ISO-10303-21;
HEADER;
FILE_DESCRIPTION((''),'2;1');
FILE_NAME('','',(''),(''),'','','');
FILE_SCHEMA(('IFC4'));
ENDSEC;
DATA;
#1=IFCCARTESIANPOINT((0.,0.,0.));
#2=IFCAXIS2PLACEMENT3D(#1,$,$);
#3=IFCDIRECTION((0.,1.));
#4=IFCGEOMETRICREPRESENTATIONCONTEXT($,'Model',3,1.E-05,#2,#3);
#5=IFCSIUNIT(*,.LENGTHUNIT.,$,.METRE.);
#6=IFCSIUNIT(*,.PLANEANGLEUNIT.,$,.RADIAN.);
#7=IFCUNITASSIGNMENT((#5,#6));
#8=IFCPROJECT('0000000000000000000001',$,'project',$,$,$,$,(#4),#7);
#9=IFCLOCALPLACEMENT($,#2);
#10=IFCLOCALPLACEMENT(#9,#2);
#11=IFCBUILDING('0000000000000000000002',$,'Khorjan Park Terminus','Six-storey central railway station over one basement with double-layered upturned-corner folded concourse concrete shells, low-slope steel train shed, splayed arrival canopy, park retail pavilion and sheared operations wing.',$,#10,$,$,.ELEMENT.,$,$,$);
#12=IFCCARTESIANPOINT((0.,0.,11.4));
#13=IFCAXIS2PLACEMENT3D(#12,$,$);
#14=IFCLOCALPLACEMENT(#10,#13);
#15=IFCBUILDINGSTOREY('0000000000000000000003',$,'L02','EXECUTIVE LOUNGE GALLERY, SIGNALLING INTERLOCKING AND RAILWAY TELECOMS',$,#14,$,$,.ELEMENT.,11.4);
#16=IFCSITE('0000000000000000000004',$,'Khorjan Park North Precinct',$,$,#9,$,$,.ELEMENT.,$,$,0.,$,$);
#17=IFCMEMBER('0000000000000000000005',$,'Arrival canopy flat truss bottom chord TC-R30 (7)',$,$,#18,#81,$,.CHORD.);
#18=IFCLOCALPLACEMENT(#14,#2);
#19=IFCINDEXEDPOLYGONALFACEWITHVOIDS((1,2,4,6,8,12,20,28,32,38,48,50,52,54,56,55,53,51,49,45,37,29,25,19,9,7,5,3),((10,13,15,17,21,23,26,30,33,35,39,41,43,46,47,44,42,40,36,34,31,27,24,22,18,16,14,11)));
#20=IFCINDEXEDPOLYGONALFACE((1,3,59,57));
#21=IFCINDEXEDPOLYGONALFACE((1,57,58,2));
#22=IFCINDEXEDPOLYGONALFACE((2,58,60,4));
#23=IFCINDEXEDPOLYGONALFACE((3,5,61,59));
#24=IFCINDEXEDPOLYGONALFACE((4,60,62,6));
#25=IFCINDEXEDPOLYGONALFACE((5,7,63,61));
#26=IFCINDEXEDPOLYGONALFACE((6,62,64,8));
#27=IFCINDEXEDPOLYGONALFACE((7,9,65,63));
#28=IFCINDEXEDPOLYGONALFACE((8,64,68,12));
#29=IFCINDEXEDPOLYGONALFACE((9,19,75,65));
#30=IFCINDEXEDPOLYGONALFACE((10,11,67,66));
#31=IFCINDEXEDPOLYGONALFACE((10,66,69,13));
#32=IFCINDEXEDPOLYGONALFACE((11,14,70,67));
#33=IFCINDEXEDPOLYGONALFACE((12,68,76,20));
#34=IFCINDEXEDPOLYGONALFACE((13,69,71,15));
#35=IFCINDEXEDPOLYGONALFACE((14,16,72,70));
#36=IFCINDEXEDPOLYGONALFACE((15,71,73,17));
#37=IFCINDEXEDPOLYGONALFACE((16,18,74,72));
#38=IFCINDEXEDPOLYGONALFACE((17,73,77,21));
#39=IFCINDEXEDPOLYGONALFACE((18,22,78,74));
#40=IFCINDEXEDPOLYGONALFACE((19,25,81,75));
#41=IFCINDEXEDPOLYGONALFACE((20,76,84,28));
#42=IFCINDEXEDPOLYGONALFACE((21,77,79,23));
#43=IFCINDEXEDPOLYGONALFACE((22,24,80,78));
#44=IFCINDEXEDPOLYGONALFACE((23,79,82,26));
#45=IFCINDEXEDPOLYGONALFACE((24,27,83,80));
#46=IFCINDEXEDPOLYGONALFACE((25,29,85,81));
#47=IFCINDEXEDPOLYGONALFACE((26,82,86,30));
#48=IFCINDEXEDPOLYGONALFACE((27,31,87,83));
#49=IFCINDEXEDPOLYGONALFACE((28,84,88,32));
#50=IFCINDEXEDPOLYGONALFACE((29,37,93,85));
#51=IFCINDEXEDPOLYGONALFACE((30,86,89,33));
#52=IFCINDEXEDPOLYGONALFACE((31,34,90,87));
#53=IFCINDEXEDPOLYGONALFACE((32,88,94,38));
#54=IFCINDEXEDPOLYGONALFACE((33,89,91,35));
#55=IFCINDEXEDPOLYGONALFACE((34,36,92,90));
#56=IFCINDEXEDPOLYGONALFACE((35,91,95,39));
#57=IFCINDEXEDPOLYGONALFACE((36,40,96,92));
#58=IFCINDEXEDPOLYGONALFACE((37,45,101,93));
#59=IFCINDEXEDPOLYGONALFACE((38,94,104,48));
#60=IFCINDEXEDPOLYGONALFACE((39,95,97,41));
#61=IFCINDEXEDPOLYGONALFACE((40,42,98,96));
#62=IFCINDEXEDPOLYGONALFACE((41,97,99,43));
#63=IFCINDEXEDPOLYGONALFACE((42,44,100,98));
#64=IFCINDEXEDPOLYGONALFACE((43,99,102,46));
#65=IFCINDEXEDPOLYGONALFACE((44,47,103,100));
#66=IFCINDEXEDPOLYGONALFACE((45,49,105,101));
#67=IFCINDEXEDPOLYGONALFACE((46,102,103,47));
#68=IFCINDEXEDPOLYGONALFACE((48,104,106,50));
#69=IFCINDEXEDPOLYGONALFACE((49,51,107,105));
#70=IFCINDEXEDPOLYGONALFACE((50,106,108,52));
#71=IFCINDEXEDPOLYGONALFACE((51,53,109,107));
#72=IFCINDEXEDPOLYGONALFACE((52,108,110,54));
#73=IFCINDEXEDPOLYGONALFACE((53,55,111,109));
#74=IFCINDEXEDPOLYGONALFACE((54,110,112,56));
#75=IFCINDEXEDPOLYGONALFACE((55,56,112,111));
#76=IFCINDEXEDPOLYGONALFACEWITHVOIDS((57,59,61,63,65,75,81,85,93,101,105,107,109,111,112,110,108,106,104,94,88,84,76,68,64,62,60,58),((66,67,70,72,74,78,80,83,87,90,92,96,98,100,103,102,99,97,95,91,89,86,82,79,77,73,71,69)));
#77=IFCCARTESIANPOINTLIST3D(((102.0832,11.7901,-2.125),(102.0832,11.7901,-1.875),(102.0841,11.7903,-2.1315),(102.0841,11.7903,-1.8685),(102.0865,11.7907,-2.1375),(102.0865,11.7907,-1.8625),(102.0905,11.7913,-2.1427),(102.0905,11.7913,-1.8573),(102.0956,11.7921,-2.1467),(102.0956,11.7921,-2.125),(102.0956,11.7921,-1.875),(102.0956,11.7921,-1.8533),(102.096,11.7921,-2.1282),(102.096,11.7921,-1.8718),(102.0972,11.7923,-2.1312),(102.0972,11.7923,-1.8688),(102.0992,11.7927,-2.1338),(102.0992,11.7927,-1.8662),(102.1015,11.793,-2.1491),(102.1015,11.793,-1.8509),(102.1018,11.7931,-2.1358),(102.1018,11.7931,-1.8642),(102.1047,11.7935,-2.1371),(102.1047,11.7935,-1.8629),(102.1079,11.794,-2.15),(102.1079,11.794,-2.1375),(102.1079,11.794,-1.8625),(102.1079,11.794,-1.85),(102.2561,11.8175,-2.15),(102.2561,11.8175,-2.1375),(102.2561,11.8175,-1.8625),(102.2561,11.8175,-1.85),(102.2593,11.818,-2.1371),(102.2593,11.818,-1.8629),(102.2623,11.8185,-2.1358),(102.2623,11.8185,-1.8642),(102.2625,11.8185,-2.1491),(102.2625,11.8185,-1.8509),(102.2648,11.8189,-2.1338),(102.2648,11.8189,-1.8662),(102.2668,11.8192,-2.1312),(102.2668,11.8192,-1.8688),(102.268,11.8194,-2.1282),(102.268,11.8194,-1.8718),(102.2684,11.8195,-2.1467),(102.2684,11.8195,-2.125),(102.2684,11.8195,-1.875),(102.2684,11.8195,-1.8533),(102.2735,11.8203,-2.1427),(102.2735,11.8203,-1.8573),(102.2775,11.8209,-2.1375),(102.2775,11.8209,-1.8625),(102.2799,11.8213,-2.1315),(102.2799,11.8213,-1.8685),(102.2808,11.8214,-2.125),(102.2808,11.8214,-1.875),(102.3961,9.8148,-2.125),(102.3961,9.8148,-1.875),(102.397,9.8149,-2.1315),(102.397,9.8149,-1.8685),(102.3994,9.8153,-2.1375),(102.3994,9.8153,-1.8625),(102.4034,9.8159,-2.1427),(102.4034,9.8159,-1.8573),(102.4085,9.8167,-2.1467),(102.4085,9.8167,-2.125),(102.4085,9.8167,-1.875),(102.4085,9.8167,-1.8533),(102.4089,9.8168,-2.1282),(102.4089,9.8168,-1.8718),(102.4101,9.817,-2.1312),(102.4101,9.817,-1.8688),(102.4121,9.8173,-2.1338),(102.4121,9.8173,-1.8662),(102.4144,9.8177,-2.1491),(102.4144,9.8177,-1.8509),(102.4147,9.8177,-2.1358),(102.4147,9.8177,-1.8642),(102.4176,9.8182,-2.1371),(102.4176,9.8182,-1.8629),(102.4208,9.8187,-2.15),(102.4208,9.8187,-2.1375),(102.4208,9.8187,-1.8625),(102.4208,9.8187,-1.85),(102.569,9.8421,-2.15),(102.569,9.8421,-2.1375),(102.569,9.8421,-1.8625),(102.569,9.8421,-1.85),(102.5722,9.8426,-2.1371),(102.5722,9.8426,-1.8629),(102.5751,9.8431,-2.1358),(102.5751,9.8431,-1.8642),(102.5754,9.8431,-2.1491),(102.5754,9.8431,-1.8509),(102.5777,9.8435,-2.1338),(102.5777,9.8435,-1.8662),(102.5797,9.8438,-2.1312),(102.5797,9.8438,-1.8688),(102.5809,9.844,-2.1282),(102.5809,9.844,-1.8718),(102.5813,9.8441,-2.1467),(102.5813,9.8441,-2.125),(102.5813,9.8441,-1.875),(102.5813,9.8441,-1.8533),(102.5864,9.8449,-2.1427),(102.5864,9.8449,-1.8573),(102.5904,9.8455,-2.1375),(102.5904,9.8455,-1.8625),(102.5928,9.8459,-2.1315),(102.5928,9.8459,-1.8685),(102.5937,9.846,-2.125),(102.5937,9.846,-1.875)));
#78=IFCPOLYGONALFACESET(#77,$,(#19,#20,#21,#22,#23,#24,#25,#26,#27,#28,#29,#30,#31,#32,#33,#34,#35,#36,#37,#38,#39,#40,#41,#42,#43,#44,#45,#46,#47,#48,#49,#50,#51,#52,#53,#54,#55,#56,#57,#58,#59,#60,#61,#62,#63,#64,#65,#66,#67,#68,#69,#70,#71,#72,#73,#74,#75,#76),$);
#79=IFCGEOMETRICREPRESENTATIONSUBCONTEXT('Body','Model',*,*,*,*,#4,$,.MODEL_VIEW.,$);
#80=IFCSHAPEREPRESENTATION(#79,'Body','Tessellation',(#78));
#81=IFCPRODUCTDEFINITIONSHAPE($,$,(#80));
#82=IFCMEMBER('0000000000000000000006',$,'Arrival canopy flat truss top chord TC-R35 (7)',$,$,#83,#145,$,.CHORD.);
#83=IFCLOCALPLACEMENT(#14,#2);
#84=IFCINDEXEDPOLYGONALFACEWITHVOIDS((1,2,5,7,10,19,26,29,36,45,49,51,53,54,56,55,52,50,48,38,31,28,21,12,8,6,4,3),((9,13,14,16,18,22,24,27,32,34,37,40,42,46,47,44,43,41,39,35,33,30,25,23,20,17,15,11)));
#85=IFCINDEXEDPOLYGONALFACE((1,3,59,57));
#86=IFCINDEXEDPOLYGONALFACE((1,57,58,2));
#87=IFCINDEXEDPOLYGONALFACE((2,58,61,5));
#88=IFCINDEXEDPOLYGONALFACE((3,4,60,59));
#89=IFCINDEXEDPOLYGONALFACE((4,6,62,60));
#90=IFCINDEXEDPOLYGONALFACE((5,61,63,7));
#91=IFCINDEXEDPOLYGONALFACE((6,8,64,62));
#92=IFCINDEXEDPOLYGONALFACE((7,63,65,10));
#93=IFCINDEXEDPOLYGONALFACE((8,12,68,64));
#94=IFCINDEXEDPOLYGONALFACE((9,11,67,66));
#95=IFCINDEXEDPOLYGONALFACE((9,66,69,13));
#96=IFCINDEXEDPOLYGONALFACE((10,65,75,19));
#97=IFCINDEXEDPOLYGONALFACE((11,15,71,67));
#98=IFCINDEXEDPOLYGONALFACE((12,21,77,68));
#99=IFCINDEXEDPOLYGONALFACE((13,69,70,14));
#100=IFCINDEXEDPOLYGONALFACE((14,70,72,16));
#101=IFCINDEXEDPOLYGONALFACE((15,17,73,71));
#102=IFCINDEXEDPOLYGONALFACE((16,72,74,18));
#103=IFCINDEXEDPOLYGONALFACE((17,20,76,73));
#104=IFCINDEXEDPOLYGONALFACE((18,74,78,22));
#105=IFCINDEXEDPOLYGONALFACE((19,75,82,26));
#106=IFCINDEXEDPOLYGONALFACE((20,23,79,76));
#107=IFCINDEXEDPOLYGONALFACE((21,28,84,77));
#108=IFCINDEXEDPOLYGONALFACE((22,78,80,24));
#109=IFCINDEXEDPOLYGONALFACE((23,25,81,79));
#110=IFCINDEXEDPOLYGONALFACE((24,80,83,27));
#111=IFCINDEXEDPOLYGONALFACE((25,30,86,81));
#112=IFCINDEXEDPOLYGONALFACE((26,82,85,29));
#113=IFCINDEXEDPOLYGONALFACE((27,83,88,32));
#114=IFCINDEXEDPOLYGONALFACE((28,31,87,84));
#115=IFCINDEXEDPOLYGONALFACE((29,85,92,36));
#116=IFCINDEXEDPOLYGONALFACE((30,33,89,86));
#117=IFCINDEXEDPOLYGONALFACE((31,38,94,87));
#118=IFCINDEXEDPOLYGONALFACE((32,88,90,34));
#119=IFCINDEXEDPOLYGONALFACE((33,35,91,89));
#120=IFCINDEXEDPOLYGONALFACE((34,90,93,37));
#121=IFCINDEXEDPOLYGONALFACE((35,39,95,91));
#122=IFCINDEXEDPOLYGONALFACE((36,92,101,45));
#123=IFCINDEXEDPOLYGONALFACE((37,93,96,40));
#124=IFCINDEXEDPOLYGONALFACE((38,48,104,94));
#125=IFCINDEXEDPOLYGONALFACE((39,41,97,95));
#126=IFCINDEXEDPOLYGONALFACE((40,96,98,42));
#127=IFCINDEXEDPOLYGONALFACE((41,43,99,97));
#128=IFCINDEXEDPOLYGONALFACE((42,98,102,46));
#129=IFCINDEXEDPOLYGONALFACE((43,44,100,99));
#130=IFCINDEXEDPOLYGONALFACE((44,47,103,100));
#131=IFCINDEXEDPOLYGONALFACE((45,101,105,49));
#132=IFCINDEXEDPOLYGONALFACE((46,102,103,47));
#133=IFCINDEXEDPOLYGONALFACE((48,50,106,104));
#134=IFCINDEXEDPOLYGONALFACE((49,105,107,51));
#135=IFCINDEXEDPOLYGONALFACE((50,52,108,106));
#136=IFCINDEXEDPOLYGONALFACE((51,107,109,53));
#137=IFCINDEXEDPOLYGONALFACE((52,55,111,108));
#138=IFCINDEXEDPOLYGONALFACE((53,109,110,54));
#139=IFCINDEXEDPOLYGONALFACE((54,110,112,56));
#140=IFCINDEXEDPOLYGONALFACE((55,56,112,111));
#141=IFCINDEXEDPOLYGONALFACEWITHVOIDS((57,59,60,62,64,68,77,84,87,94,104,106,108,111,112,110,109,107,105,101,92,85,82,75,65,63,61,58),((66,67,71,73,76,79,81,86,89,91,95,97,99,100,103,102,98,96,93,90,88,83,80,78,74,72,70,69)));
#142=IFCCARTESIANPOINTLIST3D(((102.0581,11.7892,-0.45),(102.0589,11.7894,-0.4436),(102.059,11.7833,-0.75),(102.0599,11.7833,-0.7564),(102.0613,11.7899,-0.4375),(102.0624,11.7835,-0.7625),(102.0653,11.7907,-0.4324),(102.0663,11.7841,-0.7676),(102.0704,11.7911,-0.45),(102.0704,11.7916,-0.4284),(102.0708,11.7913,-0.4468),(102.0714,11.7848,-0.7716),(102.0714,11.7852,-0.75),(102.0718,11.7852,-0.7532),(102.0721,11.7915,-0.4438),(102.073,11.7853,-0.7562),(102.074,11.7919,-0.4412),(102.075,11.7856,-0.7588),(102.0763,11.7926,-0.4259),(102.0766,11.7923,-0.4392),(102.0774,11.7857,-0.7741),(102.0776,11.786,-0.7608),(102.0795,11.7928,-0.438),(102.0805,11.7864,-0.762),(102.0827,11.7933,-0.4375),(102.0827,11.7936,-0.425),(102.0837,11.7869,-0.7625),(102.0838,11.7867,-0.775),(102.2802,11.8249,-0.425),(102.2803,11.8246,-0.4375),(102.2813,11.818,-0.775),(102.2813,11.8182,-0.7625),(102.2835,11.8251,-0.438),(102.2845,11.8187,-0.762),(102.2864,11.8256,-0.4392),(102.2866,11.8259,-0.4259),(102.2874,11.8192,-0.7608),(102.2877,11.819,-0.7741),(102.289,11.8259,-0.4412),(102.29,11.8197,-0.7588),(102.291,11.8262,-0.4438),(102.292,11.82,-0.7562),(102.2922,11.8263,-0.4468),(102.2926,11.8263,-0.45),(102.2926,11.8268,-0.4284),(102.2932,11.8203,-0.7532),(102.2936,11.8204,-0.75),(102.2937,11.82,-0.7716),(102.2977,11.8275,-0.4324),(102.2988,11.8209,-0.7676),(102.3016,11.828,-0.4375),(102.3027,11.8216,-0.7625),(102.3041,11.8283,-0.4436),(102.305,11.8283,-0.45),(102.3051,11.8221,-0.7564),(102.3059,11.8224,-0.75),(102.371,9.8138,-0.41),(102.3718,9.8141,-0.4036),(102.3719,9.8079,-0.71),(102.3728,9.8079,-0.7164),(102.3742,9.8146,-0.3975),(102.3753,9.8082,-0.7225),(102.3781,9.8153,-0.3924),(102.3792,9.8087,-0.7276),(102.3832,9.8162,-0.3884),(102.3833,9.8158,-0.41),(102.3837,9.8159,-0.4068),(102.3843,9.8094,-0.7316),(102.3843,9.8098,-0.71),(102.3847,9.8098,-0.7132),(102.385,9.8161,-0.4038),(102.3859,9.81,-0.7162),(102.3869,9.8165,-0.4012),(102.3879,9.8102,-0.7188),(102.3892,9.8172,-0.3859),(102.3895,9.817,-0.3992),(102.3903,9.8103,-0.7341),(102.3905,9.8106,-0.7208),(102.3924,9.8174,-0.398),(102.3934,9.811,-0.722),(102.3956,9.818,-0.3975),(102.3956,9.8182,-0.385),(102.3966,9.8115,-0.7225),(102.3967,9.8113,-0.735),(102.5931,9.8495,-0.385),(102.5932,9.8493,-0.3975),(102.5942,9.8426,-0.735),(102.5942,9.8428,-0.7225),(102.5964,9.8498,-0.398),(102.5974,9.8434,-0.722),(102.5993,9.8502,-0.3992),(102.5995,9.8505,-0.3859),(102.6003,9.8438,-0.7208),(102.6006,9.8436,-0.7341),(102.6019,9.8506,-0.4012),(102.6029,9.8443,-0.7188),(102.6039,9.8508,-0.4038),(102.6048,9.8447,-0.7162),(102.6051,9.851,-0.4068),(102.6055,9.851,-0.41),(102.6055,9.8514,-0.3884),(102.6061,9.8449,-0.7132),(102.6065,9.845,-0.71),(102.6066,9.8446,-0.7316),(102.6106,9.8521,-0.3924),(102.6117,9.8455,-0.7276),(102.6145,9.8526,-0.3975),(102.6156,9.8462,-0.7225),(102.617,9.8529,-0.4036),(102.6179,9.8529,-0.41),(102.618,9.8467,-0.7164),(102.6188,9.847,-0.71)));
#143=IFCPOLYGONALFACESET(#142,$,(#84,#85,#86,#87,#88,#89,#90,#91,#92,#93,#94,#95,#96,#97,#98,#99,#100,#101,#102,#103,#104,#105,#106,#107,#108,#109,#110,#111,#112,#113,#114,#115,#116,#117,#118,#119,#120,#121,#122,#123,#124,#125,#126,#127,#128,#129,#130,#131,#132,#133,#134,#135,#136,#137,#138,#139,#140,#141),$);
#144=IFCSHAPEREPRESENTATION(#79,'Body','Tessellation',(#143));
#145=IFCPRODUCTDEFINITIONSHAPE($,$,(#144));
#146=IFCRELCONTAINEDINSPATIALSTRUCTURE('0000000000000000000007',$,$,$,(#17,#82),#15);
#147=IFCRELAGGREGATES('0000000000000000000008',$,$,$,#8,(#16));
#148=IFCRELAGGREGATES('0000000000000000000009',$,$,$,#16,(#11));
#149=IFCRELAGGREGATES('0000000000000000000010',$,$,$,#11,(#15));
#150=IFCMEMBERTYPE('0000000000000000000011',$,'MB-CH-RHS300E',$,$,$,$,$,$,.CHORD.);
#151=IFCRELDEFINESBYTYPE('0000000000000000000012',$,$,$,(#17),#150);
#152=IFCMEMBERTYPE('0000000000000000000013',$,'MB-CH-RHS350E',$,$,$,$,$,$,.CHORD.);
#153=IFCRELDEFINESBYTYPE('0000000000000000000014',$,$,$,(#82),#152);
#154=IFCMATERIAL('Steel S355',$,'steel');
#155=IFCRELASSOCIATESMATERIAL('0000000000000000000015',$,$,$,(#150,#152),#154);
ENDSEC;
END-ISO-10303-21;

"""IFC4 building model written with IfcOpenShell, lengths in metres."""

from ifc_helpers import new_model, si_unit, direction, frame, origin, origin_2d, place, context, subcontext, project, spatial, hollow_rectangle, extrude, material, material_profile, profile_set, type_object, element, save


model = new_model("IFC4")

# Units and contexts
model_context = context("Model", 3, precision=1e-05, world=origin(), true_north=direction((0.0, 1.0)))
body_context = subcontext(model_context, "Body", "Model", "MODEL_VIEW")
ifc_project = project(units=[si_unit("LENGTHUNIT", "METRE"), si_unit("PLANEANGLEUNIT", "RADIAN")], contexts=[model_context])

# Site, building, storey
site_placement = place(None, origin())
site = spatial("IfcSite", under=ifc_project, at=site_placement, Name="Khorjan Park North Precinct", CompositionType="ELEMENT", RefElevation=0.0)
building_placement = place(site_placement, origin())
building = spatial("IfcBuilding", under=site, at=building_placement, Name="Khorjan Park Terminus", Description="Six-storey central railway station over one basement with double-layered upturned-corner folded concourse concrete shells, low-slope steel train shed, splayed arrival canopy, park retail pavilion and sheared operations wing.", CompositionType="ELEMENT")
storey_placement = place(building_placement, frame((0.0, 0.0, 11.4)))
storey = spatial("IfcBuildingStorey", under=building, at=storey_placement, Name="L02", Description="EXECUTIVE LOUNGE GALLERY, SIGNALLING INTERLOCKING AND RAILWAY TELECOMS", CompositionType="ELEMENT", Elevation=11.4)

# Members
ifc_material_1 = material(Name="Steel S355", Category="steel")
ifc_material_profile_1 = material_profile(ifc_material_1, hollow_rectangle(XDim=0.2, YDim=0.3, WallThickness=0.0125, InnerFilletRadius=0.0125, OuterFilletRadius=0.025, at=origin_2d()), Name="RHS 300x200x12.5")
ifc_profile_set_1 = profile_set([ifc_material_profile_1], Name="Steel S355")
member_type_1 = type_object("IfcMemberType", Name="MB-CH-RHS300E", PredefinedType="CHORD", material=ifc_profile_set_1)
member_1_placement = place(storey_placement, frame((102.4949, 9.8304, -2.0), z_axis=(-0.156448, 0.987686, 0.0), x_axis=(-0.987686, -0.156448, 0.0)))
element("IfcMember", 1, at=member_1_placement, inside=storey, type_object=member_type_1, Name="Arrival canopy flat truss bottom chord TC-R30 (7)", PredefinedType="CHORD", context=body_context, shape_type="SweptSolid", body=[
    extrude(hollow_rectangle(XDim=0.2, YDim=0.3, WallThickness=0.0125, InnerFilletRadius=0.0125, OuterFilletRadius=0.025, at=origin_2d()), origin(), (0.0, 0.0, 1.0), 2.0),
])
ifc_material_profile_2 = material_profile(ifc_material_1, hollow_rectangle(XDim=0.25, YDim=0.35, WallThickness=0.0125, InnerFilletRadius=0.0125, OuterFilletRadius=0.025, at=origin_2d()), Name="RHS 350x250x12.5")
ifc_profile_set_2 = profile_set([ifc_material_profile_2], Name="Steel S355")
member_type_2 = type_object("IfcMemberType", Name="MB-CH-RHS350E", PredefinedType="CHORD", material=ifc_profile_set_2)
member_2_placement = place(storey_placement, frame((102.4949, 9.8304, -0.56), z_axis=(-0.156417, 0.987489, -0.019996), x_axis=(-0.987686, -0.156448, 0.0)))
element("IfcMember", 2, at=member_2_placement, inside=storey, type_object=member_type_2, Name="Arrival canopy flat truss top chord TC-R35 (7)", PredefinedType="CHORD", context=body_context, shape_type="SweptSolid", body=[
    extrude(hollow_rectangle(XDim=0.25, YDim=0.35, WallThickness=0.0125, InnerFilletRadius=0.0125, OuterFilletRadius=0.025, at=origin_2d()), origin(), (0.0, 0.0, 1.0), 2.0004),
])

save(model, "model.ifc")
